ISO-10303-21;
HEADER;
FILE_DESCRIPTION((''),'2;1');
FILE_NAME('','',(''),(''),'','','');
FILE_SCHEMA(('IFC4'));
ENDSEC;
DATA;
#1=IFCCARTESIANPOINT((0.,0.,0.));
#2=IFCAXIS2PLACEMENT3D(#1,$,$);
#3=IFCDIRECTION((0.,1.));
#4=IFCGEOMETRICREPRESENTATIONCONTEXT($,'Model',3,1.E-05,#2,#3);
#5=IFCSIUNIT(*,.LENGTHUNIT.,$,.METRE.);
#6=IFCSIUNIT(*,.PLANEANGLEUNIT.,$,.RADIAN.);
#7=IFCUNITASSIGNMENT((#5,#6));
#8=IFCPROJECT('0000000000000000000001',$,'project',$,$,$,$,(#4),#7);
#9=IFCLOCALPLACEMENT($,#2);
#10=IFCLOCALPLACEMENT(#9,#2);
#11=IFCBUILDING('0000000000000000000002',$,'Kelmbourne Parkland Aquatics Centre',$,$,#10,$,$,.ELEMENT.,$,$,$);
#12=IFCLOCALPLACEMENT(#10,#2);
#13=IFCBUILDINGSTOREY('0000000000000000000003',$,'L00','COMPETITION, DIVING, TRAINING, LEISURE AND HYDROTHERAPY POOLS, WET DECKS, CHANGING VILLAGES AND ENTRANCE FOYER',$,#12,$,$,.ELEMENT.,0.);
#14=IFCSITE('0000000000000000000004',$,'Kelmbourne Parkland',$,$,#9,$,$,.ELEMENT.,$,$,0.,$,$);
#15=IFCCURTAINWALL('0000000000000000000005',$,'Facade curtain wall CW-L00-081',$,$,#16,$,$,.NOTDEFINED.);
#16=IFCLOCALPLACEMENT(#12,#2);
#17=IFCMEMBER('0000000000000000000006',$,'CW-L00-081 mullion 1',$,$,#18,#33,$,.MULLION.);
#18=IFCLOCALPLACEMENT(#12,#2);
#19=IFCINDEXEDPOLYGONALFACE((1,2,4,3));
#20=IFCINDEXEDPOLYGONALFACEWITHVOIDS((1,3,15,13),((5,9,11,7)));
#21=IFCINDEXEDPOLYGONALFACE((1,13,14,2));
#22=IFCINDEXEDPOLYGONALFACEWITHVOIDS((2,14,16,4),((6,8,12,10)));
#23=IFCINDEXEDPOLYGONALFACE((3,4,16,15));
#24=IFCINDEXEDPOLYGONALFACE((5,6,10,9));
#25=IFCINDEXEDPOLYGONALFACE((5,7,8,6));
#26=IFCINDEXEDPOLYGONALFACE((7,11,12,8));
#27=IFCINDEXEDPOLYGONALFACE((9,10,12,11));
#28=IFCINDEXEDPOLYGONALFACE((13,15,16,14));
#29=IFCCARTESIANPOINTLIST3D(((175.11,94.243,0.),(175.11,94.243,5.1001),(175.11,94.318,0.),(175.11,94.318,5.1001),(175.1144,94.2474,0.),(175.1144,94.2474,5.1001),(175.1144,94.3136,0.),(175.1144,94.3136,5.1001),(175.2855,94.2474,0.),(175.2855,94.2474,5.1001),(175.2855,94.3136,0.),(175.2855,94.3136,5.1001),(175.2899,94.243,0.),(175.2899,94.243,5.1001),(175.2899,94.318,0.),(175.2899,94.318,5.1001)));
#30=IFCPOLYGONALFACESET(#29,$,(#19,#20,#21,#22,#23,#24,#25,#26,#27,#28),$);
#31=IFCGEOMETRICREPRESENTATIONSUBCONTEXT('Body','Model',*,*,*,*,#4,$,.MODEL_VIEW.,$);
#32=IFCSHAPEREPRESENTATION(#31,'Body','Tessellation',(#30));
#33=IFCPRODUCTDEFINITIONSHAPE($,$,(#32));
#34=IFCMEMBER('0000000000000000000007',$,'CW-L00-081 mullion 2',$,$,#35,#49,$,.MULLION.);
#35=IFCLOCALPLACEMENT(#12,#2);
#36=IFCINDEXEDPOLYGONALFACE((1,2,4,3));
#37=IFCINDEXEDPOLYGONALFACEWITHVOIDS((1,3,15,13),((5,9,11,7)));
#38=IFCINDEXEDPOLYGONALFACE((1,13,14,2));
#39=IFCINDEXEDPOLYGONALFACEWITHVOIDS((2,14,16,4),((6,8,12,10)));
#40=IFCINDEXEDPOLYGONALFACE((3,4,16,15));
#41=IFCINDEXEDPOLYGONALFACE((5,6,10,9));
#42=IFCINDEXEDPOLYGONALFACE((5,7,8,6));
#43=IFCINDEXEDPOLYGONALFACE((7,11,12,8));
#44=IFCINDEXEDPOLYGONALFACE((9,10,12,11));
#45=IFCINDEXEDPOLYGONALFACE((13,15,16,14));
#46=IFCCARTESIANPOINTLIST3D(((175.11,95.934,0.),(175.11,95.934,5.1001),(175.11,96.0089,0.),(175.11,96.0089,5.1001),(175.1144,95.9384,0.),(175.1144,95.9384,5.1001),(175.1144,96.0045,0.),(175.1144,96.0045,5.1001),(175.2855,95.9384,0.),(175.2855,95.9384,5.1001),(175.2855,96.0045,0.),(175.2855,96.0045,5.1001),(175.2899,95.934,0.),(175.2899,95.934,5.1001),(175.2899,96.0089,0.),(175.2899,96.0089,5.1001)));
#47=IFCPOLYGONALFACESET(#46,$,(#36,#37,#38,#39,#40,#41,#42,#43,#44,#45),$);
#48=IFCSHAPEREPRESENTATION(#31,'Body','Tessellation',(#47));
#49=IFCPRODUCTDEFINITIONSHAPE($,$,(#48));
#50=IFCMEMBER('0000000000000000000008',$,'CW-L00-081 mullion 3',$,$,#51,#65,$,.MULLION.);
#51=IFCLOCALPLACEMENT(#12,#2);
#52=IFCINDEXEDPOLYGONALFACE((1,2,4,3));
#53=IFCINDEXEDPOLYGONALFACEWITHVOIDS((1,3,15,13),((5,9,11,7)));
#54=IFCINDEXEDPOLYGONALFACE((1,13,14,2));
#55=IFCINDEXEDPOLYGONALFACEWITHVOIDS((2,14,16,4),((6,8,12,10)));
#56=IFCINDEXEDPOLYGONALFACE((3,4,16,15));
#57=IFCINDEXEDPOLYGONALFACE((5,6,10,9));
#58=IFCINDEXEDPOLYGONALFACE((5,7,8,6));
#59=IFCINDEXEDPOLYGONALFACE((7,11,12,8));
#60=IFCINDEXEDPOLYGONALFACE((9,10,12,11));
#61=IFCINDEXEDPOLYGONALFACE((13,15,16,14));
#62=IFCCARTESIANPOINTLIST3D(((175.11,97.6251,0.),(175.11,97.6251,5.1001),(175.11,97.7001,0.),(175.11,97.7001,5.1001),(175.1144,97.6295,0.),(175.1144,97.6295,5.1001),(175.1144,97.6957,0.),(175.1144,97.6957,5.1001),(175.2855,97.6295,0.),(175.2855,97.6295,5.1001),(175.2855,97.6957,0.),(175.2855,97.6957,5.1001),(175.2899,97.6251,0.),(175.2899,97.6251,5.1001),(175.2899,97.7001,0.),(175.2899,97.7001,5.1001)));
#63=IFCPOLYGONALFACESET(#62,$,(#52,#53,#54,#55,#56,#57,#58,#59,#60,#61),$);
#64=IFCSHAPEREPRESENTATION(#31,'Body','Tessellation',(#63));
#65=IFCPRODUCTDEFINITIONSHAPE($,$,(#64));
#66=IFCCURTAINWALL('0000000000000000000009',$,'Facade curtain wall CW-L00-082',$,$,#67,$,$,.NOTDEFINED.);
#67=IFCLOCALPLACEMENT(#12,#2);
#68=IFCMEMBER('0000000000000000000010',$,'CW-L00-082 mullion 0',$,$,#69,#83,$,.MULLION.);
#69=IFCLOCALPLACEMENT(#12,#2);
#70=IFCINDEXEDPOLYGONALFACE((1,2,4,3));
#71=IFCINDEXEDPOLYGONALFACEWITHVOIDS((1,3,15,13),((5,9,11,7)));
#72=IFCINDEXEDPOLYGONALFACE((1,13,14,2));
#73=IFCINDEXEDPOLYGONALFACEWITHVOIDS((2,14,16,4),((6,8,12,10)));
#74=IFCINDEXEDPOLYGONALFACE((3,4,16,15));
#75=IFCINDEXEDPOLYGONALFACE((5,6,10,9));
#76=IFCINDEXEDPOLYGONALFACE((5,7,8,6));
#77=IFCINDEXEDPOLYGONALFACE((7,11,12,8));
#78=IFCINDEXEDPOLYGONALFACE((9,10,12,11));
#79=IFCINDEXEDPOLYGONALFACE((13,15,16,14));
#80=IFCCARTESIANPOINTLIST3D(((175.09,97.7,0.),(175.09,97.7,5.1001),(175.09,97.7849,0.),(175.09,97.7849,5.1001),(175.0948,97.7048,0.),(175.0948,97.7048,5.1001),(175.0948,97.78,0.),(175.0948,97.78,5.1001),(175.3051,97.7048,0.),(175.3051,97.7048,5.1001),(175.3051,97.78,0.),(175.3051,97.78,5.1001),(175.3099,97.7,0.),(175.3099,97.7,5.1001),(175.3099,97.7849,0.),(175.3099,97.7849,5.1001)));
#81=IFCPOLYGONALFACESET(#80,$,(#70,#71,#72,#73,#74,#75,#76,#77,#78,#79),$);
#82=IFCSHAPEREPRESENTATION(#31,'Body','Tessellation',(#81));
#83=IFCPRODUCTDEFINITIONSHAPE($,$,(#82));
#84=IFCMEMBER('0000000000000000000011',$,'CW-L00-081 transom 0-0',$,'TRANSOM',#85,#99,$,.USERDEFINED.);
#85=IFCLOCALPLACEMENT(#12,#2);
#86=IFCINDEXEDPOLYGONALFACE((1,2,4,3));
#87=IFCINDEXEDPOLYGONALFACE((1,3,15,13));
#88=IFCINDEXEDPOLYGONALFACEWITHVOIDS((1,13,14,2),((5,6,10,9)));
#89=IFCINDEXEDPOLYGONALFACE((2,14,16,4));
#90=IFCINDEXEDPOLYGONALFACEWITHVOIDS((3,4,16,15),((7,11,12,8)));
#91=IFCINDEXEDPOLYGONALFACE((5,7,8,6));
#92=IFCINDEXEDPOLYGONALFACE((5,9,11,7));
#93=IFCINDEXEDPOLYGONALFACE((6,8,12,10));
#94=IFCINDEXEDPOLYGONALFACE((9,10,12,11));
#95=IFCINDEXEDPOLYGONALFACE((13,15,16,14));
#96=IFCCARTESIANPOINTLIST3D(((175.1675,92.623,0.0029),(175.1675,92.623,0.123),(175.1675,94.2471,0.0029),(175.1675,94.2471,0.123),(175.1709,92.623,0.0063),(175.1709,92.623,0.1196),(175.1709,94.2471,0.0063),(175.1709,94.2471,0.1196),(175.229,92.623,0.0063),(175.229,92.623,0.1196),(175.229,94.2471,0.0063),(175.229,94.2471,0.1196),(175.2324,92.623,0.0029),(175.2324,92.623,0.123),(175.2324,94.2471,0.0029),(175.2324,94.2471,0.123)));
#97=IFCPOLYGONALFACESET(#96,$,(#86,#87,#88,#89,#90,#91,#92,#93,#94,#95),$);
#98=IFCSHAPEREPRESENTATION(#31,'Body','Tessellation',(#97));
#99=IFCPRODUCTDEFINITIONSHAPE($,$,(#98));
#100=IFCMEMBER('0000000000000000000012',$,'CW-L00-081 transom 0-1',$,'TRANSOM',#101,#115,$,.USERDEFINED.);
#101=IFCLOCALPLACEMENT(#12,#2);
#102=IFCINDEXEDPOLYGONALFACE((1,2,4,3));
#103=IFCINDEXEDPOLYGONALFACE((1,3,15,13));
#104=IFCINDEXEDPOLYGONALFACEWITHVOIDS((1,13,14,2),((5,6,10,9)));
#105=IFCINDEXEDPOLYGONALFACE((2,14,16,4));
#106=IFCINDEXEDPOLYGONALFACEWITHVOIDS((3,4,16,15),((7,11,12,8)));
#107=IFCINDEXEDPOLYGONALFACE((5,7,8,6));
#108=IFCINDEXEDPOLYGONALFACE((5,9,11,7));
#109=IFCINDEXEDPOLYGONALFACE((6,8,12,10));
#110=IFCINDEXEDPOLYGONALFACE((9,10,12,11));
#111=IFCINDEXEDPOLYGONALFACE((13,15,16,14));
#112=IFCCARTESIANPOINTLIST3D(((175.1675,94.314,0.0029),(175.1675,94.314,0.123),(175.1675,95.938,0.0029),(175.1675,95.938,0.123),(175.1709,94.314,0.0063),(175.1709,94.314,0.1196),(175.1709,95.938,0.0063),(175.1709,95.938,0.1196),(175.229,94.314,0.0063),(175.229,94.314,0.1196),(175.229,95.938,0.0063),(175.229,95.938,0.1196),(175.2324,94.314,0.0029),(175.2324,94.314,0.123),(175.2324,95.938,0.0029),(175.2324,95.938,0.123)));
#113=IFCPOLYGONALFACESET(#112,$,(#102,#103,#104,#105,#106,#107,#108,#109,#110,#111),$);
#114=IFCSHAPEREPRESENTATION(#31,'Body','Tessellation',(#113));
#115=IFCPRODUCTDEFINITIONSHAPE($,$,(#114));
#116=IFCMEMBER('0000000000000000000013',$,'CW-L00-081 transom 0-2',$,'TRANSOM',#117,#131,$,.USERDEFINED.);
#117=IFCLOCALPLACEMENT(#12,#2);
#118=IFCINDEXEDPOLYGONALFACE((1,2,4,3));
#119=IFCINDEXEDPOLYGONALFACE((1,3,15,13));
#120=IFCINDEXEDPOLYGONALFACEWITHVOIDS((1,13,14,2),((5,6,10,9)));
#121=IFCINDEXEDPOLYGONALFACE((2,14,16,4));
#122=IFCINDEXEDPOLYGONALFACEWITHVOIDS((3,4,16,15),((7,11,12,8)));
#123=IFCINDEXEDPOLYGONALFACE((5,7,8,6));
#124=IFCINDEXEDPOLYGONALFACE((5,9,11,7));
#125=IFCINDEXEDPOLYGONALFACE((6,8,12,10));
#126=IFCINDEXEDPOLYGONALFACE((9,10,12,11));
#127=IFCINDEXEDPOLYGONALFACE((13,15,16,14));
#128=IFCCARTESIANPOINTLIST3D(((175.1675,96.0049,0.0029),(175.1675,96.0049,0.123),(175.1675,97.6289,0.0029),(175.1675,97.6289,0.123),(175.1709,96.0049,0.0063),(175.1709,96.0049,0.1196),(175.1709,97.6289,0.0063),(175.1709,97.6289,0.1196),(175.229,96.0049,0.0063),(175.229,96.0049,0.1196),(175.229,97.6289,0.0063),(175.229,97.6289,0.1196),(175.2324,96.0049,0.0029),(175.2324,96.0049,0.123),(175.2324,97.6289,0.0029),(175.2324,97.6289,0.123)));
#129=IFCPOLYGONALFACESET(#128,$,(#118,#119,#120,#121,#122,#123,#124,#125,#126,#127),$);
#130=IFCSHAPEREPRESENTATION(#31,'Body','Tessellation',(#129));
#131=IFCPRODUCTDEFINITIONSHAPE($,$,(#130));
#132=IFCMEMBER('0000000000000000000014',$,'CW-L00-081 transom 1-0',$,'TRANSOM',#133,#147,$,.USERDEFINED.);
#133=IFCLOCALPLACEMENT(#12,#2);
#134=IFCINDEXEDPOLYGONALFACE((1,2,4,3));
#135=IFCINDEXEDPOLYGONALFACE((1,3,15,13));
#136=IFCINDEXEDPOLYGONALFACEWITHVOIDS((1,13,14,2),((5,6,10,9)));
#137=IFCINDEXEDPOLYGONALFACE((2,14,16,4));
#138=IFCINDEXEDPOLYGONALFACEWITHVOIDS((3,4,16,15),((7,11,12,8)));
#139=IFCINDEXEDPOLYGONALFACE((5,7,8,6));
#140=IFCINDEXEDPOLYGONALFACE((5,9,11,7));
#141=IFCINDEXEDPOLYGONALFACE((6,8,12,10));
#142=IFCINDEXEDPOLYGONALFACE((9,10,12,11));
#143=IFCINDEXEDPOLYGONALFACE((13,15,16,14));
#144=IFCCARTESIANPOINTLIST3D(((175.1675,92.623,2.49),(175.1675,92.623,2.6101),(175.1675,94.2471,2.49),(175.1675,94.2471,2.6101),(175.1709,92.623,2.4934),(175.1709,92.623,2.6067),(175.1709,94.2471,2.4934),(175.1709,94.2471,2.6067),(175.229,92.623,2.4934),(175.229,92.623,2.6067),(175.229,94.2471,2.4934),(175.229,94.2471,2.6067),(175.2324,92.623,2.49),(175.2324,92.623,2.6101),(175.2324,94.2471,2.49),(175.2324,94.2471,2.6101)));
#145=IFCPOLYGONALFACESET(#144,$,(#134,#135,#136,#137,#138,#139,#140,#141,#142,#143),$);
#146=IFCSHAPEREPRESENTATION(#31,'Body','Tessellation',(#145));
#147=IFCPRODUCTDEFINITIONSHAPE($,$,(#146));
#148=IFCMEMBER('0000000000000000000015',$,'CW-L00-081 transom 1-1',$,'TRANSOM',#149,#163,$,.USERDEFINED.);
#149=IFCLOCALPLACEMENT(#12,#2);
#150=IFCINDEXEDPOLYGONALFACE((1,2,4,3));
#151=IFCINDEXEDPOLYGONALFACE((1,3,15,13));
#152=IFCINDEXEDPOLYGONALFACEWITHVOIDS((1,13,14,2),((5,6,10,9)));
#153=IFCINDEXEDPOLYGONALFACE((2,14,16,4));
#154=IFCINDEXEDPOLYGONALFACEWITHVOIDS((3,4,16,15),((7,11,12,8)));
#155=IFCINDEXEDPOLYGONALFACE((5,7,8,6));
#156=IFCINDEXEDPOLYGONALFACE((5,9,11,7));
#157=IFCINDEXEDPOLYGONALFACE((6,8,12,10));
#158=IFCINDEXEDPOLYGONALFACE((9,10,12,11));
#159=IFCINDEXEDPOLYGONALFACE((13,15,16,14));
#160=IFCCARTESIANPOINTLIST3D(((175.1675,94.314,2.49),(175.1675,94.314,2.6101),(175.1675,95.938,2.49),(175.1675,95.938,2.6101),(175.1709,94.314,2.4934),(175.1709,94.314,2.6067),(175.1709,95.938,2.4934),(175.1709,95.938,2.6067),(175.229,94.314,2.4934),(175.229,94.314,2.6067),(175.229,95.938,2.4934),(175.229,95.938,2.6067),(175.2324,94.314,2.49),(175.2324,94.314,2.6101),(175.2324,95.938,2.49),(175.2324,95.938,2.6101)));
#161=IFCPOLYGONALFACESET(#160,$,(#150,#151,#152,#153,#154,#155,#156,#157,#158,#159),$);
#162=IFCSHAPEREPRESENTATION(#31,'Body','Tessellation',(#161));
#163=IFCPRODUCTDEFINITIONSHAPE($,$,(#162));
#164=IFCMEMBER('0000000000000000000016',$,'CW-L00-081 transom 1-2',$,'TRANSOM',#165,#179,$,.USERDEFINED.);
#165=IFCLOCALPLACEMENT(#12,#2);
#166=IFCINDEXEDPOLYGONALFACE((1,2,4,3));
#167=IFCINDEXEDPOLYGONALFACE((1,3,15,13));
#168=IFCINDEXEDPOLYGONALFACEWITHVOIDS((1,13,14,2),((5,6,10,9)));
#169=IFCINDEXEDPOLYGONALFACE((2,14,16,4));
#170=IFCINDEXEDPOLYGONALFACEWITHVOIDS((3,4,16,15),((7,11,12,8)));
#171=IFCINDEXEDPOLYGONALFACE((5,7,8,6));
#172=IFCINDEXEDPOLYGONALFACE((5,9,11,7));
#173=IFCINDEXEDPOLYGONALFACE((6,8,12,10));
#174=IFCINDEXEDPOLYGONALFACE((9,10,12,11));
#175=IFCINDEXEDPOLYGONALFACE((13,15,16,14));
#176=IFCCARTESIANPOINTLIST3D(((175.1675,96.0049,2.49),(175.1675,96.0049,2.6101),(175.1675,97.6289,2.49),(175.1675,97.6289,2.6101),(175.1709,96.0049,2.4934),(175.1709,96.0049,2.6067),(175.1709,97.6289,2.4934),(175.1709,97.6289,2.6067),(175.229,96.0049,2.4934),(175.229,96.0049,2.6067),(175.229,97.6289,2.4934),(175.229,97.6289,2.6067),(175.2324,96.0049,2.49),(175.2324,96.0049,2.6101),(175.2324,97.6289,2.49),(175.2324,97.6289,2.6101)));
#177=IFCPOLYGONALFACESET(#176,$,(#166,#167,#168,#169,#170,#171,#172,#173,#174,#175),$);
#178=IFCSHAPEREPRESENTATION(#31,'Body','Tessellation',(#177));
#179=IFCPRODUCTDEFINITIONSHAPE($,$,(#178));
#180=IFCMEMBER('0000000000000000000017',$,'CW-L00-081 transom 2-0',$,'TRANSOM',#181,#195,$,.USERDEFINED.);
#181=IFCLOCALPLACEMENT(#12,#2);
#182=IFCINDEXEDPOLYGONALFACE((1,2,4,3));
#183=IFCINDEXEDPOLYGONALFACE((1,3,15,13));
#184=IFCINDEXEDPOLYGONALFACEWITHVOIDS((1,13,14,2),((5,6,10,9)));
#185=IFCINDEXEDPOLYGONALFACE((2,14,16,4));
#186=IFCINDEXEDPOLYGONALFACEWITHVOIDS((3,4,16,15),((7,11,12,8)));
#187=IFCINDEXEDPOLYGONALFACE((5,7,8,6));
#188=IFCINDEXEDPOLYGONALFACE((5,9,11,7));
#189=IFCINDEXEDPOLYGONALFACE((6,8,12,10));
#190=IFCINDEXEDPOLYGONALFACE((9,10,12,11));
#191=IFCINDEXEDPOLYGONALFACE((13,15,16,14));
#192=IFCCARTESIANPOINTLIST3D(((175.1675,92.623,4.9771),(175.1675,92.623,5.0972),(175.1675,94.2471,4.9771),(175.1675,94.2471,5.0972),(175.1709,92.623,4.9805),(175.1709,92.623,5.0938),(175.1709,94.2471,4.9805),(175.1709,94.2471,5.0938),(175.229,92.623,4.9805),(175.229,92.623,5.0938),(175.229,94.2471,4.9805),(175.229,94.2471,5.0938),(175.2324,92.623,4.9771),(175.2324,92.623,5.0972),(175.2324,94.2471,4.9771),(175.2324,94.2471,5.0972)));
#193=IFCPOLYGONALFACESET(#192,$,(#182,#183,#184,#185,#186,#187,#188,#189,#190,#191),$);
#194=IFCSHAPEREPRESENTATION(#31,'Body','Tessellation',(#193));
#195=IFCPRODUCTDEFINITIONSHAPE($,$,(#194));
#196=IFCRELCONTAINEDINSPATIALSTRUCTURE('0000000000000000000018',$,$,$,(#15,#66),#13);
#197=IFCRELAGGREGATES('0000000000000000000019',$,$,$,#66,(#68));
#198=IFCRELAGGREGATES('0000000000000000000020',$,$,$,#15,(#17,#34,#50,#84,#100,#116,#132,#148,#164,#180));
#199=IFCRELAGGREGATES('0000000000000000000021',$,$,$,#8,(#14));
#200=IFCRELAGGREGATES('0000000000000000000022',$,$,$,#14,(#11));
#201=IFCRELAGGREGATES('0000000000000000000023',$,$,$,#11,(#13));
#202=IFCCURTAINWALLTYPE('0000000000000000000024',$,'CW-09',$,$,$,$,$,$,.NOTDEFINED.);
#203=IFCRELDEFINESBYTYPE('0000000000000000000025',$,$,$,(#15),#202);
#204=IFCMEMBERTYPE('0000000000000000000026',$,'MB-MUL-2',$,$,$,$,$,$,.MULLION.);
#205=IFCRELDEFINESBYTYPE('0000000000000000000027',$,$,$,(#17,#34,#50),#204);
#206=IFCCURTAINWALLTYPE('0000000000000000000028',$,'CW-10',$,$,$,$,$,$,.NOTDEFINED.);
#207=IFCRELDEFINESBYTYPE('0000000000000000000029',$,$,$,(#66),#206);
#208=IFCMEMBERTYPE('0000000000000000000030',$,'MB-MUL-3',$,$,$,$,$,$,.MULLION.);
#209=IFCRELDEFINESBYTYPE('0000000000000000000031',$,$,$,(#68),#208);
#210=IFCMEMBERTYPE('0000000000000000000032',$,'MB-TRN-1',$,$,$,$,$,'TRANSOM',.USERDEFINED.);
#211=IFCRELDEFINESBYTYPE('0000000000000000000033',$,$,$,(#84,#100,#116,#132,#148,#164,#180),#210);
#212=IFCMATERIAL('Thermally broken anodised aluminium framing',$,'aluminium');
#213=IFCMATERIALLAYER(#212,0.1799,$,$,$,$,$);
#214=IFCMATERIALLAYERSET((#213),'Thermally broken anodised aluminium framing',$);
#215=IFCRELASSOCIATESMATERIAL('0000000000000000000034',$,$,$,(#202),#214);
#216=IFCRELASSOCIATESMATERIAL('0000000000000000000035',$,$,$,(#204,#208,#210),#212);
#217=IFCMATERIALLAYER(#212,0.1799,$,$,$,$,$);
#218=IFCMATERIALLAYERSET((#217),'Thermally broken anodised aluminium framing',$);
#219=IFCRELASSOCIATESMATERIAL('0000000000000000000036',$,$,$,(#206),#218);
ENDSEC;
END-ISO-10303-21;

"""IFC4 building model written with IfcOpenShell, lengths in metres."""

from ifc_helpers import new_model, si_unit, direction, frame, origin, origin_2d, place, context, subcontext, project, spatial, hollow_rectangle, extrude, material, layer, layer_set, material_profile, profile_set, type_object, element, aggregate, save


model = new_model("IFC4")

# Units and contexts
model_context = context("Model", 3, precision=1e-05, world=origin(), true_north=direction((0.0, 1.0)))
body_context = subcontext(model_context, "Body", "Model", "MODEL_VIEW")
ifc_project = project(units=[si_unit("LENGTHUNIT", "METRE"), si_unit("PLANEANGLEUNIT", "RADIAN")], contexts=[model_context])

# Site, building, storey
site_placement = place(None, origin())
site = spatial("IfcSite", under=ifc_project, at=site_placement, Name="Kelmbourne Parkland", CompositionType="ELEMENT", RefElevation=0.0)
building_placement = place(site_placement, origin())
building = spatial("IfcBuilding", under=site, at=building_placement, Name="Kelmbourne Parkland Aquatics Centre", CompositionType="ELEMENT")
storey_placement = place(building_placement, origin())
storey = spatial("IfcBuildingStorey", under=building, at=storey_placement, Name="L00", Description="COMPETITION, DIVING, TRAINING, LEISURE AND HYDROTHERAPY POOLS, WET DECKS, CHANGING VILLAGES AND ENTRANCE FOYER", CompositionType="ELEMENT", Elevation=0.0)

# Curtain wall, members
ifc_material_1 = material(Name="Thermally broken anodised aluminium framing", Category="aluminium")
ifc_layer_1 = layer(ifc_material_1, 0.1799)
ifc_layer_set_1 = layer_set([ifc_layer_1], Name="Thermally broken anodised aluminium framing")
curtain_wall_type_1 = type_object("IfcCurtainWallType", Name="CW-09", PredefinedType="NOTDEFINED", material=ifc_layer_set_1)
curtain_wall_1_placement = place(storey_placement, origin())
curtain_wall_1 = element("IfcCurtainWall", 1, at=curtain_wall_1_placement, inside=storey, type_object=curtain_wall_type_1, Name="Facade curtain wall CW-L00-081", PredefinedType="NOTDEFINED")
ifc_material_profile_1 = material_profile(ifc_material_1, hollow_rectangle(XDim=0.075, YDim=0.1799, WallThickness=0.0044, at=origin_2d()), Name="CW-M 75x180")
ifc_profile_set_1 = profile_set([ifc_material_profile_1], Name="Thermally broken anodised aluminium framing")
member_type_1 = type_object("IfcMemberType", Name="MB-MUL-2", PredefinedType="MULLION", material=ifc_profile_set_1)
member_1_placement = place(storey_placement, frame((175.2, 94.2805, 0.0), z_axis=(0.0, 0.0, 1.0), x_axis=(0.0, 1.0, 0.0)))
member_1 = element("IfcMember", 2, at=member_1_placement, type_object=member_type_1, Name="CW-L00-081 mullion 1", PredefinedType="MULLION", context=body_context, shape_type="SweptSolid", body=[
    extrude(hollow_rectangle(XDim=0.075, YDim=0.1799, WallThickness=0.0044, at=origin_2d()), origin(), (0.0, 0.0, 1.0), 5.1001),
])
member_2_placement = place(storey_placement, frame((175.2, 95.9714, 0.0), z_axis=(0.0, 0.0, 1.0), x_axis=(0.0, 1.0, 0.0)))
member_2 = element("IfcMember", 3, at=member_2_placement, type_object=member_type_1, Name="CW-L00-081 mullion 2", PredefinedType="MULLION", context=body_context, shape_type="SweptSolid", body=[
    extrude(hollow_rectangle(XDim=0.075, YDim=0.1799, WallThickness=0.0044, at=origin_2d()), origin(), (0.0, 0.0, 1.0), 5.1001),
])
member_3_placement = place(storey_placement, frame((175.2, 97.6626, 0.0), z_axis=(0.0, 0.0, 1.0), x_axis=(0.0, 1.0, 0.0)))
member_3 = element("IfcMember", 4, at=member_3_placement, type_object=member_type_1, Name="CW-L00-081 mullion 3", PredefinedType="MULLION", context=body_context, shape_type="SweptSolid", body=[
    extrude(hollow_rectangle(XDim=0.075, YDim=0.1799, WallThickness=0.0044, at=origin_2d()), origin(), (0.0, 0.0, 1.0), 5.1001),
])

# Curtain wall, member
ifc_layer_2 = layer(ifc_material_1, 0.1799)
ifc_layer_set_2 = layer_set([ifc_layer_2], Name="Thermally broken anodised aluminium framing")
curtain_wall_type_2 = type_object("IfcCurtainWallType", Name="CW-10", PredefinedType="NOTDEFINED", material=ifc_layer_set_2)
curtain_wall_2_placement = place(storey_placement, origin())
curtain_wall_2 = element("IfcCurtainWall", 5, at=curtain_wall_2_placement, inside=storey, type_object=curtain_wall_type_2, Name="Facade curtain wall CW-L00-082", PredefinedType="NOTDEFINED")
ifc_material_profile_2 = material_profile(ifc_material_1, hollow_rectangle(XDim=0.085, YDim=0.22, WallThickness=0.0049, at=origin_2d()), Name="CW-M 85x220")
ifc_profile_set_2 = profile_set([ifc_material_profile_2], Name="Thermally broken anodised aluminium framing")
member_type_2 = type_object("IfcMemberType", Name="MB-MUL-3", PredefinedType="MULLION", material=ifc_profile_set_2)
member_4_placement = place(storey_placement, frame((175.2, 97.7424, 0.0), z_axis=(0.0, 0.0, 1.0), x_axis=(0.0, 1.0, 0.0)))
member_4 = element("IfcMember", 6, at=member_4_placement, type_object=member_type_2, Name="CW-L00-082 mullion 0", PredefinedType="MULLION", context=body_context, shape_type="SweptSolid", body=[
    extrude(hollow_rectangle(XDim=0.085, YDim=0.22, WallThickness=0.0049, at=origin_2d()), origin(), (0.0, 0.0, 1.0), 5.1001),
])
aggregate(curtain_wall_2, [member_4])

# Members
ifc_material_profile_3 = material_profile(ifc_material_1, hollow_rectangle(XDim=0.0649, YDim=0.1201, WallThickness=0.0034, at=origin_2d()), Name="CW-T 65x120")
ifc_profile_set_3 = profile_set([ifc_material_profile_3], Name="Thermally broken anodised aluminium framing")
member_type_3 = type_object("IfcMemberType", Name="MB-TRN-1", ElementType="TRANSOM", PredefinedType="USERDEFINED", material=ifc_profile_set_3)
member_5_placement = place(storey_placement, frame((175.2, 92.623, 0.063), z_axis=(0.0, 1.0, 0.0), x_axis=(-1.0, 0.0, 0.0)))
member_5 = element("IfcMember", 7, at=member_5_placement, type_object=member_type_3, Name="CW-L00-081 transom 0-0", ObjectType="TRANSOM", PredefinedType="USERDEFINED", context=body_context, shape_type="SweptSolid", body=[
    extrude(hollow_rectangle(XDim=0.0649, YDim=0.1201, WallThickness=0.0034, at=origin_2d()), origin(), (0.0, 0.0, 1.0), 1.624),
])
member_6_placement = place(storey_placement, frame((175.2, 94.314, 0.063), z_axis=(0.0, 1.0, 0.0), x_axis=(-1.0, 0.0, 0.0)))
member_6 = element("IfcMember", 8, at=member_6_placement, type_object=member_type_3, Name="CW-L00-081 transom 0-1", ObjectType="TRANSOM", PredefinedType="USERDEFINED", context=body_context, shape_type="SweptSolid", body=[
    extrude(hollow_rectangle(XDim=0.0649, YDim=0.1201, WallThickness=0.0034, at=origin_2d()), origin(), (0.0, 0.0, 1.0), 1.624),
])
member_7_placement = place(storey_placement, frame((175.2, 96.0049, 0.063), z_axis=(0.0, 1.0, 0.0), x_axis=(-1.0, 0.0, 0.0)))
member_7 = element("IfcMember", 9, at=member_7_placement, type_object=member_type_3, Name="CW-L00-081 transom 0-2", ObjectType="TRANSOM", PredefinedType="USERDEFINED", context=body_context, shape_type="SweptSolid", body=[
    extrude(hollow_rectangle(XDim=0.0649, YDim=0.1201, WallThickness=0.0034, at=origin_2d()), origin(), (0.0, 0.0, 1.0), 1.624),
])
member_8_placement = place(storey_placement, frame((175.2, 92.623, 2.55), z_axis=(0.0, 1.0, 0.0), x_axis=(-1.0, 0.0, 0.0)))
member_8 = element("IfcMember", 10, at=member_8_placement, type_object=member_type_3, Name="CW-L00-081 transom 1-0", ObjectType="TRANSOM", PredefinedType="USERDEFINED", context=body_context, shape_type="SweptSolid", body=[
    extrude(hollow_rectangle(XDim=0.0649, YDim=0.1201, WallThickness=0.0034, at=origin_2d()), origin(), (0.0, 0.0, 1.0), 1.624),
])
member_9_placement = place(storey_placement, frame((175.2, 94.314, 2.55), z_axis=(0.0, 1.0, 0.0), x_axis=(-1.0, 0.0, 0.0)))
member_9 = element("IfcMember", 11, at=member_9_placement, type_object=member_type_3, Name="CW-L00-081 transom 1-1", ObjectType="TRANSOM", PredefinedType="USERDEFINED", context=body_context, shape_type="SweptSolid", body=[
    extrude(hollow_rectangle(XDim=0.0649, YDim=0.1201, WallThickness=0.0034, at=origin_2d()), origin(), (0.0, 0.0, 1.0), 1.624),
])
member_10_placement = place(storey_placement, frame((175.2, 96.0049, 2.55), z_axis=(0.0, 1.0, 0.0), x_axis=(-1.0, 0.0, 0.0)))
member_10 = element("IfcMember", 12, at=member_10_placement, type_object=member_type_3, Name="CW-L00-081 transom 1-2", ObjectType="TRANSOM", PredefinedType="USERDEFINED", context=body_context, shape_type="SweptSolid", body=[
    extrude(hollow_rectangle(XDim=0.0649, YDim=0.1201, WallThickness=0.0034, at=origin_2d()), origin(), (0.0, 0.0, 1.0), 1.624),
])
member_11_placement = place(storey_placement, frame((175.2, 92.623, 5.0371), z_axis=(0.0, 1.0, 0.0), x_axis=(-1.0, 0.0, 0.0)))
member_11 = element("IfcMember", 13, at=member_11_placement, type_object=member_type_3, Name="CW-L00-081 transom 2-0", ObjectType="TRANSOM", PredefinedType="USERDEFINED", context=body_context, shape_type="SweptSolid", body=[
    extrude(hollow_rectangle(XDim=0.0649, YDim=0.1201, WallThickness=0.0034, at=origin_2d()), origin(), (0.0, 0.0, 1.0), 1.624),
])

aggregate(curtain_wall_1, [member_1, member_2, member_3, member_5, member_6, member_7, member_8, member_9, member_10, member_11])

save(model, "model.ifc")
